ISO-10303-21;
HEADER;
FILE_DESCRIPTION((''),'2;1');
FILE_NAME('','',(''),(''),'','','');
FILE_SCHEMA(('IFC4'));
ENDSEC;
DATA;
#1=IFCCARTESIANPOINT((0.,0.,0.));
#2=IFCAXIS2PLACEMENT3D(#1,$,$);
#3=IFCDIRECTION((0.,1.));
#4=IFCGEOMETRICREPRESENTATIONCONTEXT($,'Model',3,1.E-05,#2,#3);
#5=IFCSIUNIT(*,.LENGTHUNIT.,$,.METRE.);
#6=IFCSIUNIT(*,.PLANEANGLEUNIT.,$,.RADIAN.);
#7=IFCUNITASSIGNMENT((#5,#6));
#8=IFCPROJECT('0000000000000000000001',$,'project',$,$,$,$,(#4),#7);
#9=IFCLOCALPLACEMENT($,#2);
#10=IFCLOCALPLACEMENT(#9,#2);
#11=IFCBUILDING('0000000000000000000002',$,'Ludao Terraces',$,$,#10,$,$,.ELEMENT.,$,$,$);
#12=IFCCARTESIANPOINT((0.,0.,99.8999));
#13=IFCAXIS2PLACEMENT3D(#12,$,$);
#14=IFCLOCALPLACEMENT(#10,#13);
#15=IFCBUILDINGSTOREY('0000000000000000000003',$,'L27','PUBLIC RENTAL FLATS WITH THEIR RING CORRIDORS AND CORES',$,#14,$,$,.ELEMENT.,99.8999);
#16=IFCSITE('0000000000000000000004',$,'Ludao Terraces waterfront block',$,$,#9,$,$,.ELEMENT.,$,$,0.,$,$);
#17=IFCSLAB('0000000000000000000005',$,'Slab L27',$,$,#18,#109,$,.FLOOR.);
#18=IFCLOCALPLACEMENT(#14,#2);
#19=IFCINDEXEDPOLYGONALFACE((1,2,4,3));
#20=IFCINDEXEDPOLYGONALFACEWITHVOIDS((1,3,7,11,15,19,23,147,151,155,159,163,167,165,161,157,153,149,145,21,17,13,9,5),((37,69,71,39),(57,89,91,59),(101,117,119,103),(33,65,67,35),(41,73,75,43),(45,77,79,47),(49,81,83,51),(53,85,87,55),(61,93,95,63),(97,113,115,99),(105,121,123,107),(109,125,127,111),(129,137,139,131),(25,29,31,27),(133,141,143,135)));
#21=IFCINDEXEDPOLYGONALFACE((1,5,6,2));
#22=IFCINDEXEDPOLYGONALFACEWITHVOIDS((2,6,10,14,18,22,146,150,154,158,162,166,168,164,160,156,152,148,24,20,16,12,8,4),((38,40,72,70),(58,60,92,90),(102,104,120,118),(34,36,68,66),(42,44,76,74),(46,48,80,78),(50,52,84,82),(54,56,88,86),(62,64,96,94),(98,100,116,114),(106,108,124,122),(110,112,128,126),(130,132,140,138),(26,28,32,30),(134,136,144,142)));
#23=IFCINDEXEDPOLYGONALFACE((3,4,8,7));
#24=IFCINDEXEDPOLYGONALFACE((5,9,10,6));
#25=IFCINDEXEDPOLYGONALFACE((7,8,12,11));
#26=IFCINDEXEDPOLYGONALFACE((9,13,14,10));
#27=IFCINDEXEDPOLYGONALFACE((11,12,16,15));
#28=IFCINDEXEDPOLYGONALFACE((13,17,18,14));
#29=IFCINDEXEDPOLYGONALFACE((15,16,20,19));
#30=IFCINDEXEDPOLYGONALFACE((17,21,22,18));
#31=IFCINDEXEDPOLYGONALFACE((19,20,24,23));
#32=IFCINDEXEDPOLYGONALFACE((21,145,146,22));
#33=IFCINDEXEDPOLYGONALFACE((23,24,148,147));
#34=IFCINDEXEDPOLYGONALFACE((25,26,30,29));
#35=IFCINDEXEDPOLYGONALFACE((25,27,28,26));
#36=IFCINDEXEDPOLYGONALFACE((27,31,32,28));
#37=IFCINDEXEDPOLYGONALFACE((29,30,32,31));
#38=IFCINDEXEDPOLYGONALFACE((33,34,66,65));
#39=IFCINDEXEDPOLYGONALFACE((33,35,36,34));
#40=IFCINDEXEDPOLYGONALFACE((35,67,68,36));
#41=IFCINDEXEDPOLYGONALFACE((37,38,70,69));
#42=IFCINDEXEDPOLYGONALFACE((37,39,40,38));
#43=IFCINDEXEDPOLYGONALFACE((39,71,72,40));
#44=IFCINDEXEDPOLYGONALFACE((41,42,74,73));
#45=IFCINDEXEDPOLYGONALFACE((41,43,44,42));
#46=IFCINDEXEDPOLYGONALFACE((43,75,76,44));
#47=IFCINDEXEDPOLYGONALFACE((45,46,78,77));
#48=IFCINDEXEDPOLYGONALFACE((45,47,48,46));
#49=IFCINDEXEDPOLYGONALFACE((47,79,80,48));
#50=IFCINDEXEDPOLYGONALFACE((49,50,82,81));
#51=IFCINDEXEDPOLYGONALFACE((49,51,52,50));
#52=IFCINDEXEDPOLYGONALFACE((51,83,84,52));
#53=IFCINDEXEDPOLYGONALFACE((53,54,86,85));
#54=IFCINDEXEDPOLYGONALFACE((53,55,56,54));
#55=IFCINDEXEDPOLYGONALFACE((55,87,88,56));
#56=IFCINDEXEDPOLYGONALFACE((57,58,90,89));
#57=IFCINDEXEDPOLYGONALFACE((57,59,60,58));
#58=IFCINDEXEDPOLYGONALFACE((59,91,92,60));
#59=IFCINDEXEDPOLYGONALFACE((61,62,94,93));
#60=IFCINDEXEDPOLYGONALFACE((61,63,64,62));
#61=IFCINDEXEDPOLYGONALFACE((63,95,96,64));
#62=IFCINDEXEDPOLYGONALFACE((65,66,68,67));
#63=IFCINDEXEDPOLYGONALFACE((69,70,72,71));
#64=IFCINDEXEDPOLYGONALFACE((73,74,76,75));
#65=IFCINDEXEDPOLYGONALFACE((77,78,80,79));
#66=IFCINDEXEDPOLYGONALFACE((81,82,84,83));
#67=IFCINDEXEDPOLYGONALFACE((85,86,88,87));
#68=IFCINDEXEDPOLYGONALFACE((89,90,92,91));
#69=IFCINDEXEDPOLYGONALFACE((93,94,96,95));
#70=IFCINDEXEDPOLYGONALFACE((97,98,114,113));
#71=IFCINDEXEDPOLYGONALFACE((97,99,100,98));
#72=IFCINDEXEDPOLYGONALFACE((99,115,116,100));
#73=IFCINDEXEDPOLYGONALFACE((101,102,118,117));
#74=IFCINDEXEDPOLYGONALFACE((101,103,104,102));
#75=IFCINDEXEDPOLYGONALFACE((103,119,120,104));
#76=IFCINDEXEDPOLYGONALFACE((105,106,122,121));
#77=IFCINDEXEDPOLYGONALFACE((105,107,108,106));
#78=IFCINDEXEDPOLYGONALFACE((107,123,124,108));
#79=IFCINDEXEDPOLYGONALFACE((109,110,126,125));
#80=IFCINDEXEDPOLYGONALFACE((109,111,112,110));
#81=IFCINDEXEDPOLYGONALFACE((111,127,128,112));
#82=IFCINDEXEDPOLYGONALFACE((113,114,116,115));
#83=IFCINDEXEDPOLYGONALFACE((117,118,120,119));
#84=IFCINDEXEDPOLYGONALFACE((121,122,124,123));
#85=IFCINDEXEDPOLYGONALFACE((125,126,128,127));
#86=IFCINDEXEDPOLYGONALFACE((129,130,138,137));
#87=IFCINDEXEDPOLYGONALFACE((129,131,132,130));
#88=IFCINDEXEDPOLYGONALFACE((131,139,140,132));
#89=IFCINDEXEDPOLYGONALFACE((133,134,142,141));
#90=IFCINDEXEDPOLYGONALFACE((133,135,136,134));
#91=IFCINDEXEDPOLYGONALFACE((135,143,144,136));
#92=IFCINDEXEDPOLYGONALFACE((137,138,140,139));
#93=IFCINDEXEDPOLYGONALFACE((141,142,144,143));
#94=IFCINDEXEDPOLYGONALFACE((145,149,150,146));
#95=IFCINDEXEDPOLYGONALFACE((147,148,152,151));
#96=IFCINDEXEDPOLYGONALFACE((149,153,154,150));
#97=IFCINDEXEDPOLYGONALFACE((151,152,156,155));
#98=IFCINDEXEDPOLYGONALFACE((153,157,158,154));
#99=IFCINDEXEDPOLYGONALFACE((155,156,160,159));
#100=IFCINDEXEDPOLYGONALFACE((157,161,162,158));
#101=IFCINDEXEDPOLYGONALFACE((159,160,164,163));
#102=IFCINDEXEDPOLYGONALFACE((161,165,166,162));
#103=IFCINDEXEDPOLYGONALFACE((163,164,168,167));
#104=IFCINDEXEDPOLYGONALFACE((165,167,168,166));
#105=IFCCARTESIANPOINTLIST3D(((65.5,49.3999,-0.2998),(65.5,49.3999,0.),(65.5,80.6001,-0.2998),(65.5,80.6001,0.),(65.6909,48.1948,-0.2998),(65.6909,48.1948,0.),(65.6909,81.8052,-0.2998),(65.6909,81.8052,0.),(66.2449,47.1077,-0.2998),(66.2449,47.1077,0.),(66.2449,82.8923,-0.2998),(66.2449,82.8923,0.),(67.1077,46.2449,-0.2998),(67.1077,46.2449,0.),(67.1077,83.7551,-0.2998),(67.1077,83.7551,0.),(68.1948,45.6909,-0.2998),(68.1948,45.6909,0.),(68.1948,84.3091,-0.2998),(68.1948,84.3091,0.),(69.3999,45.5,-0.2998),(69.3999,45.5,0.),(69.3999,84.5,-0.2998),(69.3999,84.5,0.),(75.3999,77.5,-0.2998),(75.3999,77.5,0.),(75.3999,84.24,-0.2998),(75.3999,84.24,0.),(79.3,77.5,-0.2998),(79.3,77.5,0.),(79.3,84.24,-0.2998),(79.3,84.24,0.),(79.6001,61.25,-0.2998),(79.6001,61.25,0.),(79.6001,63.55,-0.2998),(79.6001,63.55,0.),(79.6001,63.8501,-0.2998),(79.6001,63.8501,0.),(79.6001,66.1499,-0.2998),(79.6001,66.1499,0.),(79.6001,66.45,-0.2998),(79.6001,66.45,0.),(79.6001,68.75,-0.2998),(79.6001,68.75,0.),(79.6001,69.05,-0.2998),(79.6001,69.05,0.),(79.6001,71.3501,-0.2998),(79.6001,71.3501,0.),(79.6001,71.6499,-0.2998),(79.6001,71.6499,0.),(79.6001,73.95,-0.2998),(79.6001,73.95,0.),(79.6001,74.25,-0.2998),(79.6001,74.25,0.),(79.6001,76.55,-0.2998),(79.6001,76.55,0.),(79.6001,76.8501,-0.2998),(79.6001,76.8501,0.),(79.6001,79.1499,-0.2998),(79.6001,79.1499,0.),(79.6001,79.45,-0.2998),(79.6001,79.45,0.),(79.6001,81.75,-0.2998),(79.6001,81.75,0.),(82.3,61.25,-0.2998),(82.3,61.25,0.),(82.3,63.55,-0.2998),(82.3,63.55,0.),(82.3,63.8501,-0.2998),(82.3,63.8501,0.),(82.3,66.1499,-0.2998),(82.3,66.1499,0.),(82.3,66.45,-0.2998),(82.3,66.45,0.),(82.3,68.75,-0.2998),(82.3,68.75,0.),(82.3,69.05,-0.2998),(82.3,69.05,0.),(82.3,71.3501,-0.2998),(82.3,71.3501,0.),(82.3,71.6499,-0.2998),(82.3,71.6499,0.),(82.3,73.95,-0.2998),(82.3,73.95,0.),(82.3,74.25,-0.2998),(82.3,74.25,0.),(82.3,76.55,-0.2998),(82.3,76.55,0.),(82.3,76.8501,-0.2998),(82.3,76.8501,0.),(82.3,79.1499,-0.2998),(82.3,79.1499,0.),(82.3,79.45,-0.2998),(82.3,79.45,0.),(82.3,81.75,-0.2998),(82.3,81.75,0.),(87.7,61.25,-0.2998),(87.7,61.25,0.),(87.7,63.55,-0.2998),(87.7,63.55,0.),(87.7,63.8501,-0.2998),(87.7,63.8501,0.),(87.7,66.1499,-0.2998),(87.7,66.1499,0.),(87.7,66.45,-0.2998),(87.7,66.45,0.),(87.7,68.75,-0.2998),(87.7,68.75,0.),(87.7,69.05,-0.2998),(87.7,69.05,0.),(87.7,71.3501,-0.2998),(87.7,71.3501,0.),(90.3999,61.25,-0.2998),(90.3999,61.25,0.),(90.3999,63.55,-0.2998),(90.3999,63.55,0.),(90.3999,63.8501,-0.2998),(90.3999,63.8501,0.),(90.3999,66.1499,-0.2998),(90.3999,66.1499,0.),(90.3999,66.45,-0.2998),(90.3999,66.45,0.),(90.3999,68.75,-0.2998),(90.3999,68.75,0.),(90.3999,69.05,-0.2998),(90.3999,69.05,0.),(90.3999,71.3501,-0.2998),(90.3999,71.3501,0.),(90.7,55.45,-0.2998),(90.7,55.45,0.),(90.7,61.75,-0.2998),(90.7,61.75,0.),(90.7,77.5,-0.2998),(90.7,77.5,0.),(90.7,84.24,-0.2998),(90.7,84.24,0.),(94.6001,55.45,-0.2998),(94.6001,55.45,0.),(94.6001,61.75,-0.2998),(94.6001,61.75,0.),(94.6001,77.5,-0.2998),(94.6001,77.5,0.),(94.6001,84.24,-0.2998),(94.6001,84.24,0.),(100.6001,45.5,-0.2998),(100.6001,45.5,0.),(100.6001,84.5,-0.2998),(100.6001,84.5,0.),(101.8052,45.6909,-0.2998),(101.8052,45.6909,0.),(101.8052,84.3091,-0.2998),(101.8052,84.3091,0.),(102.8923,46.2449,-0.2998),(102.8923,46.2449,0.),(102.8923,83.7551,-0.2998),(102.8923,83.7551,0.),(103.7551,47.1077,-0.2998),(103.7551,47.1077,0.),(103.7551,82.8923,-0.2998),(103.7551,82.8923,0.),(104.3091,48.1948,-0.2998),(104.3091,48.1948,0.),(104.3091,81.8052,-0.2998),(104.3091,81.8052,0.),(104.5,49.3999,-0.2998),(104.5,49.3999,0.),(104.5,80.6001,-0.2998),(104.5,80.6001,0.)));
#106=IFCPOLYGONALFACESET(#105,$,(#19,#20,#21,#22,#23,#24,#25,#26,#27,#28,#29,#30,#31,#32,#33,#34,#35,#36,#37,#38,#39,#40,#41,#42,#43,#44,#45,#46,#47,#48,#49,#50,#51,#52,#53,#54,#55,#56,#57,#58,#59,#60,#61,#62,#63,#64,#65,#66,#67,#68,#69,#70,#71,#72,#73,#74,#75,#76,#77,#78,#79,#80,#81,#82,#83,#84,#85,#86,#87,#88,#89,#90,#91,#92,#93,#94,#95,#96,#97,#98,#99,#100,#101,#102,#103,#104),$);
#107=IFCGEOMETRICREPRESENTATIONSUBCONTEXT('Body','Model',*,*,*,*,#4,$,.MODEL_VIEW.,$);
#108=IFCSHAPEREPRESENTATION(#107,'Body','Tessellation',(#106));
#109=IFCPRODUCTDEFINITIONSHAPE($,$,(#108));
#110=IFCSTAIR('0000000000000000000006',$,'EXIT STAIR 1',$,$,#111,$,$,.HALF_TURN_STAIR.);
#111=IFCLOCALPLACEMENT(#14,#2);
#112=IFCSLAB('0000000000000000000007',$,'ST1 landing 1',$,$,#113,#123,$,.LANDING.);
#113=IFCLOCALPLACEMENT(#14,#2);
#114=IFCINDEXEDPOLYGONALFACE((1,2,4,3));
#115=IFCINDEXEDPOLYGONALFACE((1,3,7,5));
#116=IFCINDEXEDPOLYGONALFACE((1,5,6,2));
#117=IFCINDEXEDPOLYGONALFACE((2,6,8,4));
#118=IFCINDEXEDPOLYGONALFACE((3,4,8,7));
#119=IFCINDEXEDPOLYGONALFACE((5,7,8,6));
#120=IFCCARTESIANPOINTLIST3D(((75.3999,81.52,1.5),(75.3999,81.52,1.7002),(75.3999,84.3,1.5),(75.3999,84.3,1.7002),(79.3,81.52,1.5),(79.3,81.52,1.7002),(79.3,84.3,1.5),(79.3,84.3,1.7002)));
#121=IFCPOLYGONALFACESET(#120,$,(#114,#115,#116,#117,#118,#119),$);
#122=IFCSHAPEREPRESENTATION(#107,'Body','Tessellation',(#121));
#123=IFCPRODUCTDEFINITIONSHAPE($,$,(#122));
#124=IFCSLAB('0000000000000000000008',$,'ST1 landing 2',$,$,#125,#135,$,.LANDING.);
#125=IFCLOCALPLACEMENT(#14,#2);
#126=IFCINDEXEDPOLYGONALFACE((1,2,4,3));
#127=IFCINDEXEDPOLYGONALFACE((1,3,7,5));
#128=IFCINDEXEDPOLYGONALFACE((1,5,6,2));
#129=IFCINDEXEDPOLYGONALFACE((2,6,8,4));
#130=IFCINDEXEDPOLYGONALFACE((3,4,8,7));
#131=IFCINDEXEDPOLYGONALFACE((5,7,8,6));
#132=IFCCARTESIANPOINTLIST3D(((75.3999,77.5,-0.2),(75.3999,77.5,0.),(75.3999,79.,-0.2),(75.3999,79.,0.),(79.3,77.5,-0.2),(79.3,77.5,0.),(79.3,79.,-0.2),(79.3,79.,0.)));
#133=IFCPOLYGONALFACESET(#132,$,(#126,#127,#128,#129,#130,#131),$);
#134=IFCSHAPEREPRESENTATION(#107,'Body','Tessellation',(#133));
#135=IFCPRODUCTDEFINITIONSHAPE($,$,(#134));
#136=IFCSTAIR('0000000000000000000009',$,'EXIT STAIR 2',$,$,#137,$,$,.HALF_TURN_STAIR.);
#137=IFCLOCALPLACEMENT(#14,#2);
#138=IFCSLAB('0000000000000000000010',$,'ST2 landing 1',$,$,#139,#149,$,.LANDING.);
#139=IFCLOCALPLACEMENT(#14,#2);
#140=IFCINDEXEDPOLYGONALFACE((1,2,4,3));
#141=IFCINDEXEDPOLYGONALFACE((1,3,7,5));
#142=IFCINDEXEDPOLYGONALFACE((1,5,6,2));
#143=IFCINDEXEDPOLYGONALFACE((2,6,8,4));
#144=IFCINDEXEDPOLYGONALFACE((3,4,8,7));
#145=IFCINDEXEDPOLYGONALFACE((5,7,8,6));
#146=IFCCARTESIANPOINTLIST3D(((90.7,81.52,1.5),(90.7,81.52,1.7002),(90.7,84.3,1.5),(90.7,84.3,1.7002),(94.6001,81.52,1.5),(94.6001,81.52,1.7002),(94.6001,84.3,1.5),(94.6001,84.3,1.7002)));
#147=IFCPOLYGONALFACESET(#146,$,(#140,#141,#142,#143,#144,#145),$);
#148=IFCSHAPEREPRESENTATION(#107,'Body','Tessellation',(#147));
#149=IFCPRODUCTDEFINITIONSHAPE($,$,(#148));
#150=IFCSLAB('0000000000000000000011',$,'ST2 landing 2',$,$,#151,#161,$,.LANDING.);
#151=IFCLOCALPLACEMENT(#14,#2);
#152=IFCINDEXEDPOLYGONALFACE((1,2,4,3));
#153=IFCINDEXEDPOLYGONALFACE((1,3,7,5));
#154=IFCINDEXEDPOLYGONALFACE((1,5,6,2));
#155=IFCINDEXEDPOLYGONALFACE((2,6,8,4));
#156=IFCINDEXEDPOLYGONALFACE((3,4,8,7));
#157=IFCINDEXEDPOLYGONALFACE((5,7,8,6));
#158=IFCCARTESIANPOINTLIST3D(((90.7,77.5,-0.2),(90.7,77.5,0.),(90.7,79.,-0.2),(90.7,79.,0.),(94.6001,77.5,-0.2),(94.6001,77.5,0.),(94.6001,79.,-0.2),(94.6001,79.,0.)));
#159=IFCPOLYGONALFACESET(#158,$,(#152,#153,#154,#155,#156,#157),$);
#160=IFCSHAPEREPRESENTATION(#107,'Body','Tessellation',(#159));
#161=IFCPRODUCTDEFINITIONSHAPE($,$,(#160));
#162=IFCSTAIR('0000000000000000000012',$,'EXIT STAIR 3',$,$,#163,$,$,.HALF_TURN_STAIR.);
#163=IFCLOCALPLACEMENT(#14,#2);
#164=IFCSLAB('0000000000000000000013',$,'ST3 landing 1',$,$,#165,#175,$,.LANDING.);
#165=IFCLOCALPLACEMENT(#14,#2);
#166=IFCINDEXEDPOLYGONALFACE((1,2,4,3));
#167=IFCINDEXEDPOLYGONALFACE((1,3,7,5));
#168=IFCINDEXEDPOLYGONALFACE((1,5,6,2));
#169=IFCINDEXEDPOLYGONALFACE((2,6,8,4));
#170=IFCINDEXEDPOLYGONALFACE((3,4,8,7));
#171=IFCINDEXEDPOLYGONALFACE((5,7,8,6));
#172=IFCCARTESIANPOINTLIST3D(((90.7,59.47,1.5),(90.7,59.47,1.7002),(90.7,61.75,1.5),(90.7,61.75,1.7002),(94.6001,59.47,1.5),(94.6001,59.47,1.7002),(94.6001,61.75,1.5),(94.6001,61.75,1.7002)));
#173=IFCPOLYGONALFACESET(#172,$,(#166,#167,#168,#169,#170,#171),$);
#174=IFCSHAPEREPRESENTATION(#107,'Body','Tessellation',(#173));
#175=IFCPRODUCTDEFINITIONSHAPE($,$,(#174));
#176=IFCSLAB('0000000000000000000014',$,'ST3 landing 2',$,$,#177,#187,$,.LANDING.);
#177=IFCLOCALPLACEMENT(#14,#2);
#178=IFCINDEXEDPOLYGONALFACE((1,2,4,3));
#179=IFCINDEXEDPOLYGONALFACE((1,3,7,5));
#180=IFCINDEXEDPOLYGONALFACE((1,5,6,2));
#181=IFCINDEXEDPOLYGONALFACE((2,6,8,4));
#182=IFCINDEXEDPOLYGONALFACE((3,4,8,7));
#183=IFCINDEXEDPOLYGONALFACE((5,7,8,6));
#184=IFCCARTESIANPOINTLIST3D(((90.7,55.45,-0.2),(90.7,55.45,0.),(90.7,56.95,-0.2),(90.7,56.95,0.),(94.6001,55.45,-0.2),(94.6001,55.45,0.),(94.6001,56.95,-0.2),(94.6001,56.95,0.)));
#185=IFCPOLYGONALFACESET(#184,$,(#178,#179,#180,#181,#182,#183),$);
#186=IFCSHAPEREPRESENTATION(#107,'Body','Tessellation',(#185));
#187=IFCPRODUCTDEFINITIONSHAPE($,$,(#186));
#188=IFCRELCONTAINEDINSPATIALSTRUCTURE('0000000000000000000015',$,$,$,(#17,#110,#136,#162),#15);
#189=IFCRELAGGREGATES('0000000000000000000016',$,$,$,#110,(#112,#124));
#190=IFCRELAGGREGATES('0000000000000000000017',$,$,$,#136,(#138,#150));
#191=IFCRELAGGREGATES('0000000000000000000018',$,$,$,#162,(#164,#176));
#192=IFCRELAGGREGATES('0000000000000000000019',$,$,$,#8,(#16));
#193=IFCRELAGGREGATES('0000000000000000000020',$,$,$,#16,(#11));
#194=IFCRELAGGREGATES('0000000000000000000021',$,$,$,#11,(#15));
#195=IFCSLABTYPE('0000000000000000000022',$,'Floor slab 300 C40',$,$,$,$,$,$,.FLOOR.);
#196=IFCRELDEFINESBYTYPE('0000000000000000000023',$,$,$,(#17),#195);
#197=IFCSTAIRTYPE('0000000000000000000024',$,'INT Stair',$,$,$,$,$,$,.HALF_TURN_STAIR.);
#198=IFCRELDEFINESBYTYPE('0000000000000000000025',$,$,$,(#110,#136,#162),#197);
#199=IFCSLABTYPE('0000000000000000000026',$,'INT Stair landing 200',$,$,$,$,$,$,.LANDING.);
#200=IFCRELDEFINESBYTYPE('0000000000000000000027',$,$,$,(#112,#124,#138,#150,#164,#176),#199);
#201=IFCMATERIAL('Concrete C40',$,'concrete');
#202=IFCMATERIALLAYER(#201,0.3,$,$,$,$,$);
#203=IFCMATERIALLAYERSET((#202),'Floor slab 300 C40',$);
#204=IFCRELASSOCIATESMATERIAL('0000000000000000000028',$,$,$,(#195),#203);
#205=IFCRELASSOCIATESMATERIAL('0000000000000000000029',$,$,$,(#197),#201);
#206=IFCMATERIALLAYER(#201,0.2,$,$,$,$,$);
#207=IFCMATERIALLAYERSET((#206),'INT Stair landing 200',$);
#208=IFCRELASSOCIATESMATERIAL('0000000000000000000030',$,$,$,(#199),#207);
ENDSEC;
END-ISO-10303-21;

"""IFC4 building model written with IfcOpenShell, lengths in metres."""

from ifc_helpers import new_model, si_unit, direction, frame, origin, place, context, subcontext, project, spatial, polyline, outline, extrude, material, layer, layer_set, type_object, element, aggregate, save


model = new_model("IFC4")

# Units and contexts
model_context = context("Model", 3, precision=1e-05, world=origin(), true_north=direction((0.0, 1.0)))
body_context = subcontext(model_context, "Body", "Model", "MODEL_VIEW")
ifc_project = project(units=[si_unit("LENGTHUNIT", "METRE"), si_unit("PLANEANGLEUNIT", "RADIAN")], contexts=[model_context])

# Site, building, storey
site_placement = place(None, origin())
site = spatial("IfcSite", under=ifc_project, at=site_placement, Name="Ludao Terraces waterfront block", CompositionType="ELEMENT", RefElevation=0.0)
building_placement = place(site_placement, origin())
building = spatial("IfcBuilding", under=site, at=building_placement, Name="Ludao Terraces", CompositionType="ELEMENT")
storey_placement = place(building_placement, frame((0.0, 0.0, 99.8999)))
storey = spatial("IfcBuildingStorey", under=building, at=storey_placement, Name="L27", Description="PUBLIC RENTAL FLATS WITH THEIR RING CORRIDORS AND CORES", CompositionType="ELEMENT", Elevation=99.8999)

# Slab
ifc_material_1 = material(Name="Concrete C40", Category="concrete")
ifc_layer_1 = layer(ifc_material_1, 0.3)
ifc_layer_set_1 = layer_set([ifc_layer_1], Name="Floor slab 300 C40")
slab_type_1 = type_object("IfcSlabType", Name="Floor slab 300 C40", PredefinedType="FLOOR", material=ifc_layer_set_1)
slab_1_placement = place(storey_placement, frame((0.0, 0.0, -0.2998)))
element("IfcSlab", 1, at=slab_1_placement, inside=storey, type_object=slab_type_1, Name="Slab L27", PredefinedType="FLOOR", context=body_context, shape_type="SweptSolid", body=[
    extrude(outline(polyline([(100.6001, 45.5), (101.8052, 45.6909), (102.8923, 46.2449), (103.7551, 47.1077), (104.3091, 48.1948), (104.5, 49.3999), (104.5, 80.6001), (104.3091, 81.8052), (103.7551, 82.8923), (102.8923, 83.7551), (101.8052, 84.3091), (100.6001, 84.5), (69.3999, 84.5), (68.1948, 84.3091), (67.1077, 83.7551), (66.2449, 82.8923), (65.6909, 81.8052), (65.5, 80.6001), (65.5, 49.3999), (65.6909, 48.1948), (66.2449, 47.1077), (67.1077, 46.2449), (68.1948, 45.6909), (69.3999, 45.5), (100.6001, 45.5)]), holes=[polyline([(79.6001, 61.25), (82.3, 61.25), (82.3, 63.55), (79.6001, 63.55), (79.6001, 61.25)]), polyline([(79.6001, 63.8501), (82.3, 63.8501), (82.3, 66.1499), (79.6001, 66.1499), (79.6001, 63.8501)]), polyline([(79.6001, 66.45), (82.3, 66.45), (82.3, 68.75), (79.6001, 68.75), (79.6001, 66.45)]), polyline([(79.6001, 69.05), (82.3, 69.05), (82.3, 71.3501), (79.6001, 71.3501), (79.6001, 69.05)]), polyline([(79.6001, 71.6499), (82.3, 71.6499), (82.3, 73.95), (79.6001, 73.95), (79.6001, 71.6499)]), polyline([(79.6001, 74.25), (82.3, 74.25), (82.3, 76.55), (79.6001, 76.55), (79.6001, 74.25)]), polyline([(79.6001, 76.8501), (82.3, 76.8501), (82.3, 79.1499), (79.6001, 79.1499), (79.6001, 76.8501)]), polyline([(79.6001, 79.45), (82.3, 79.45), (82.3, 81.75), (79.6001, 81.75), (79.6001, 79.45)]), polyline([(87.7, 61.25), (90.3999, 61.25), (90.3999, 63.55), (87.7, 63.55), (87.7, 61.25)]), polyline([(87.7, 63.8501), (90.3999, 63.8501), (90.3999, 66.1499), (87.7, 66.1499), (87.7, 63.8501)]), polyline([(87.7, 66.45), (90.3999, 66.45), (90.3999, 68.75), (87.7, 68.75), (87.7, 66.45)]), polyline([(87.7, 69.05), (90.3999, 69.05), (90.3999, 71.3501), (87.7, 71.3501), (87.7, 69.05)]), polyline([(75.3999, 77.5), (79.3, 77.5), (79.3, 84.24), (75.3999, 84.24), (75.3999, 77.5)]), polyline([(90.7, 77.5), (94.6001, 77.5), (94.6001, 84.24), (90.7, 84.24), (90.7, 77.5)]), polyline([(90.7, 55.45), (94.6001, 55.45), (94.6001, 61.75), (90.7, 61.75), (90.7, 55.45)])]), origin(), (0.0, 0.0, 1.0), 0.2998),
])

# Stairs, slabs
stair_type = type_object("IfcStairType", Name="INT Stair", PredefinedType="HALF_TURN_STAIR", material=ifc_material_1)
stair_1_placement = place(storey_placement, origin())
stair_1 = element("IfcStair", 2, at=stair_1_placement, inside=storey, type_object=stair_type, Name="EXIT STAIR 1", PredefinedType="HALF_TURN_STAIR")
ifc_layer_2 = layer(ifc_material_1, 0.2)
ifc_layer_set_2 = layer_set([ifc_layer_2], Name="INT Stair landing 200")
slab_type_2 = type_object("IfcSlabType", Name="INT Stair landing 200", PredefinedType="LANDING", material=ifc_layer_set_2)
slab_2_placement = place(storey_placement, frame((0.0, 0.0, 1.5)))
slab_2 = element("IfcSlab", 3, at=slab_2_placement, type_object=slab_type_2, Name="ST1 landing 1", PredefinedType="LANDING", context=body_context, shape_type="SweptSolid", body=[
    extrude(outline(polyline([(75.3999, 81.52), (79.3, 81.52), (79.3, 84.3), (75.3999, 84.3), (75.3999, 81.52)])), origin(), (0.0, 0.0, 1.0), 0.2002),
])
slab_3_placement = place(storey_placement, frame((0.0, 0.0, -0.2)))
slab_3 = element("IfcSlab", 4, at=slab_3_placement, type_object=slab_type_2, Name="ST1 landing 2", PredefinedType="LANDING", context=body_context, shape_type="SweptSolid", body=[
    extrude(outline(polyline([(75.3999, 77.5), (79.3, 77.5), (79.3, 79.0), (75.3999, 79.0), (75.3999, 77.5)])), origin(), (0.0, 0.0, 1.0), 0.2),
])
aggregate(stair_1, [slab_2, slab_3])
stair_2_placement = place(storey_placement, origin())
stair_2 = element("IfcStair", 5, at=stair_2_placement, inside=storey, type_object=stair_type, Name="EXIT STAIR 2", PredefinedType="HALF_TURN_STAIR")
slab_4_placement = place(storey_placement, frame((0.0, 0.0, 1.5)))
slab_4 = element("IfcSlab", 6, at=slab_4_placement, type_object=slab_type_2, Name="ST2 landing 1", PredefinedType="LANDING", context=body_context, shape_type="SweptSolid", body=[
    extrude(outline(polyline([(90.7, 81.52), (94.6001, 81.52), (94.6001, 84.3), (90.7, 84.3), (90.7, 81.52)])), origin(), (0.0, 0.0, 1.0), 0.2002),
])
slab_5_placement = place(storey_placement, frame((0.0, 0.0, -0.2)))
slab_5 = element("IfcSlab", 7, at=slab_5_placement, type_object=slab_type_2, Name="ST2 landing 2", PredefinedType="LANDING", context=body_context, shape_type="SweptSolid", body=[
    extrude(outline(polyline([(90.7, 77.5), (94.6001, 77.5), (94.6001, 79.0), (90.7, 79.0), (90.7, 77.5)])), origin(), (0.0, 0.0, 1.0), 0.2),
])
aggregate(stair_2, [slab_4, slab_5])
stair_3_placement = place(storey_placement, origin())
stair_3 = element("IfcStair", 8, at=stair_3_placement, inside=storey, type_object=stair_type, Name="EXIT STAIR 3", PredefinedType="HALF_TURN_STAIR")
slab_6_placement = place(storey_placement, frame((0.0, 0.0, 1.5)))
slab_6 = element("IfcSlab", 9, at=slab_6_placement, type_object=slab_type_2, Name="ST3 landing 1", PredefinedType="LANDING", context=body_context, shape_type="SweptSolid", body=[
    extrude(outline(polyline([(90.7, 59.47), (94.6001, 59.47), (94.6001, 61.75), (90.7, 61.75), (90.7, 59.47)])), origin(), (0.0, 0.0, 1.0), 0.2002),
])
slab_7_placement = place(storey_placement, frame((0.0, 0.0, -0.2)))
slab_7 = element("IfcSlab", 10, at=slab_7_placement, type_object=slab_type_2, Name="ST3 landing 2", PredefinedType="LANDING", context=body_context, shape_type="SweptSolid", body=[
    extrude(outline(polyline([(90.7, 55.45), (94.6001, 55.45), (94.6001, 56.95), (90.7, 56.95), (90.7, 55.45)])), origin(), (0.0, 0.0, 1.0), 0.2),
])
aggregate(stair_3, [slab_6, slab_7])

save(model, "model.ifc")
